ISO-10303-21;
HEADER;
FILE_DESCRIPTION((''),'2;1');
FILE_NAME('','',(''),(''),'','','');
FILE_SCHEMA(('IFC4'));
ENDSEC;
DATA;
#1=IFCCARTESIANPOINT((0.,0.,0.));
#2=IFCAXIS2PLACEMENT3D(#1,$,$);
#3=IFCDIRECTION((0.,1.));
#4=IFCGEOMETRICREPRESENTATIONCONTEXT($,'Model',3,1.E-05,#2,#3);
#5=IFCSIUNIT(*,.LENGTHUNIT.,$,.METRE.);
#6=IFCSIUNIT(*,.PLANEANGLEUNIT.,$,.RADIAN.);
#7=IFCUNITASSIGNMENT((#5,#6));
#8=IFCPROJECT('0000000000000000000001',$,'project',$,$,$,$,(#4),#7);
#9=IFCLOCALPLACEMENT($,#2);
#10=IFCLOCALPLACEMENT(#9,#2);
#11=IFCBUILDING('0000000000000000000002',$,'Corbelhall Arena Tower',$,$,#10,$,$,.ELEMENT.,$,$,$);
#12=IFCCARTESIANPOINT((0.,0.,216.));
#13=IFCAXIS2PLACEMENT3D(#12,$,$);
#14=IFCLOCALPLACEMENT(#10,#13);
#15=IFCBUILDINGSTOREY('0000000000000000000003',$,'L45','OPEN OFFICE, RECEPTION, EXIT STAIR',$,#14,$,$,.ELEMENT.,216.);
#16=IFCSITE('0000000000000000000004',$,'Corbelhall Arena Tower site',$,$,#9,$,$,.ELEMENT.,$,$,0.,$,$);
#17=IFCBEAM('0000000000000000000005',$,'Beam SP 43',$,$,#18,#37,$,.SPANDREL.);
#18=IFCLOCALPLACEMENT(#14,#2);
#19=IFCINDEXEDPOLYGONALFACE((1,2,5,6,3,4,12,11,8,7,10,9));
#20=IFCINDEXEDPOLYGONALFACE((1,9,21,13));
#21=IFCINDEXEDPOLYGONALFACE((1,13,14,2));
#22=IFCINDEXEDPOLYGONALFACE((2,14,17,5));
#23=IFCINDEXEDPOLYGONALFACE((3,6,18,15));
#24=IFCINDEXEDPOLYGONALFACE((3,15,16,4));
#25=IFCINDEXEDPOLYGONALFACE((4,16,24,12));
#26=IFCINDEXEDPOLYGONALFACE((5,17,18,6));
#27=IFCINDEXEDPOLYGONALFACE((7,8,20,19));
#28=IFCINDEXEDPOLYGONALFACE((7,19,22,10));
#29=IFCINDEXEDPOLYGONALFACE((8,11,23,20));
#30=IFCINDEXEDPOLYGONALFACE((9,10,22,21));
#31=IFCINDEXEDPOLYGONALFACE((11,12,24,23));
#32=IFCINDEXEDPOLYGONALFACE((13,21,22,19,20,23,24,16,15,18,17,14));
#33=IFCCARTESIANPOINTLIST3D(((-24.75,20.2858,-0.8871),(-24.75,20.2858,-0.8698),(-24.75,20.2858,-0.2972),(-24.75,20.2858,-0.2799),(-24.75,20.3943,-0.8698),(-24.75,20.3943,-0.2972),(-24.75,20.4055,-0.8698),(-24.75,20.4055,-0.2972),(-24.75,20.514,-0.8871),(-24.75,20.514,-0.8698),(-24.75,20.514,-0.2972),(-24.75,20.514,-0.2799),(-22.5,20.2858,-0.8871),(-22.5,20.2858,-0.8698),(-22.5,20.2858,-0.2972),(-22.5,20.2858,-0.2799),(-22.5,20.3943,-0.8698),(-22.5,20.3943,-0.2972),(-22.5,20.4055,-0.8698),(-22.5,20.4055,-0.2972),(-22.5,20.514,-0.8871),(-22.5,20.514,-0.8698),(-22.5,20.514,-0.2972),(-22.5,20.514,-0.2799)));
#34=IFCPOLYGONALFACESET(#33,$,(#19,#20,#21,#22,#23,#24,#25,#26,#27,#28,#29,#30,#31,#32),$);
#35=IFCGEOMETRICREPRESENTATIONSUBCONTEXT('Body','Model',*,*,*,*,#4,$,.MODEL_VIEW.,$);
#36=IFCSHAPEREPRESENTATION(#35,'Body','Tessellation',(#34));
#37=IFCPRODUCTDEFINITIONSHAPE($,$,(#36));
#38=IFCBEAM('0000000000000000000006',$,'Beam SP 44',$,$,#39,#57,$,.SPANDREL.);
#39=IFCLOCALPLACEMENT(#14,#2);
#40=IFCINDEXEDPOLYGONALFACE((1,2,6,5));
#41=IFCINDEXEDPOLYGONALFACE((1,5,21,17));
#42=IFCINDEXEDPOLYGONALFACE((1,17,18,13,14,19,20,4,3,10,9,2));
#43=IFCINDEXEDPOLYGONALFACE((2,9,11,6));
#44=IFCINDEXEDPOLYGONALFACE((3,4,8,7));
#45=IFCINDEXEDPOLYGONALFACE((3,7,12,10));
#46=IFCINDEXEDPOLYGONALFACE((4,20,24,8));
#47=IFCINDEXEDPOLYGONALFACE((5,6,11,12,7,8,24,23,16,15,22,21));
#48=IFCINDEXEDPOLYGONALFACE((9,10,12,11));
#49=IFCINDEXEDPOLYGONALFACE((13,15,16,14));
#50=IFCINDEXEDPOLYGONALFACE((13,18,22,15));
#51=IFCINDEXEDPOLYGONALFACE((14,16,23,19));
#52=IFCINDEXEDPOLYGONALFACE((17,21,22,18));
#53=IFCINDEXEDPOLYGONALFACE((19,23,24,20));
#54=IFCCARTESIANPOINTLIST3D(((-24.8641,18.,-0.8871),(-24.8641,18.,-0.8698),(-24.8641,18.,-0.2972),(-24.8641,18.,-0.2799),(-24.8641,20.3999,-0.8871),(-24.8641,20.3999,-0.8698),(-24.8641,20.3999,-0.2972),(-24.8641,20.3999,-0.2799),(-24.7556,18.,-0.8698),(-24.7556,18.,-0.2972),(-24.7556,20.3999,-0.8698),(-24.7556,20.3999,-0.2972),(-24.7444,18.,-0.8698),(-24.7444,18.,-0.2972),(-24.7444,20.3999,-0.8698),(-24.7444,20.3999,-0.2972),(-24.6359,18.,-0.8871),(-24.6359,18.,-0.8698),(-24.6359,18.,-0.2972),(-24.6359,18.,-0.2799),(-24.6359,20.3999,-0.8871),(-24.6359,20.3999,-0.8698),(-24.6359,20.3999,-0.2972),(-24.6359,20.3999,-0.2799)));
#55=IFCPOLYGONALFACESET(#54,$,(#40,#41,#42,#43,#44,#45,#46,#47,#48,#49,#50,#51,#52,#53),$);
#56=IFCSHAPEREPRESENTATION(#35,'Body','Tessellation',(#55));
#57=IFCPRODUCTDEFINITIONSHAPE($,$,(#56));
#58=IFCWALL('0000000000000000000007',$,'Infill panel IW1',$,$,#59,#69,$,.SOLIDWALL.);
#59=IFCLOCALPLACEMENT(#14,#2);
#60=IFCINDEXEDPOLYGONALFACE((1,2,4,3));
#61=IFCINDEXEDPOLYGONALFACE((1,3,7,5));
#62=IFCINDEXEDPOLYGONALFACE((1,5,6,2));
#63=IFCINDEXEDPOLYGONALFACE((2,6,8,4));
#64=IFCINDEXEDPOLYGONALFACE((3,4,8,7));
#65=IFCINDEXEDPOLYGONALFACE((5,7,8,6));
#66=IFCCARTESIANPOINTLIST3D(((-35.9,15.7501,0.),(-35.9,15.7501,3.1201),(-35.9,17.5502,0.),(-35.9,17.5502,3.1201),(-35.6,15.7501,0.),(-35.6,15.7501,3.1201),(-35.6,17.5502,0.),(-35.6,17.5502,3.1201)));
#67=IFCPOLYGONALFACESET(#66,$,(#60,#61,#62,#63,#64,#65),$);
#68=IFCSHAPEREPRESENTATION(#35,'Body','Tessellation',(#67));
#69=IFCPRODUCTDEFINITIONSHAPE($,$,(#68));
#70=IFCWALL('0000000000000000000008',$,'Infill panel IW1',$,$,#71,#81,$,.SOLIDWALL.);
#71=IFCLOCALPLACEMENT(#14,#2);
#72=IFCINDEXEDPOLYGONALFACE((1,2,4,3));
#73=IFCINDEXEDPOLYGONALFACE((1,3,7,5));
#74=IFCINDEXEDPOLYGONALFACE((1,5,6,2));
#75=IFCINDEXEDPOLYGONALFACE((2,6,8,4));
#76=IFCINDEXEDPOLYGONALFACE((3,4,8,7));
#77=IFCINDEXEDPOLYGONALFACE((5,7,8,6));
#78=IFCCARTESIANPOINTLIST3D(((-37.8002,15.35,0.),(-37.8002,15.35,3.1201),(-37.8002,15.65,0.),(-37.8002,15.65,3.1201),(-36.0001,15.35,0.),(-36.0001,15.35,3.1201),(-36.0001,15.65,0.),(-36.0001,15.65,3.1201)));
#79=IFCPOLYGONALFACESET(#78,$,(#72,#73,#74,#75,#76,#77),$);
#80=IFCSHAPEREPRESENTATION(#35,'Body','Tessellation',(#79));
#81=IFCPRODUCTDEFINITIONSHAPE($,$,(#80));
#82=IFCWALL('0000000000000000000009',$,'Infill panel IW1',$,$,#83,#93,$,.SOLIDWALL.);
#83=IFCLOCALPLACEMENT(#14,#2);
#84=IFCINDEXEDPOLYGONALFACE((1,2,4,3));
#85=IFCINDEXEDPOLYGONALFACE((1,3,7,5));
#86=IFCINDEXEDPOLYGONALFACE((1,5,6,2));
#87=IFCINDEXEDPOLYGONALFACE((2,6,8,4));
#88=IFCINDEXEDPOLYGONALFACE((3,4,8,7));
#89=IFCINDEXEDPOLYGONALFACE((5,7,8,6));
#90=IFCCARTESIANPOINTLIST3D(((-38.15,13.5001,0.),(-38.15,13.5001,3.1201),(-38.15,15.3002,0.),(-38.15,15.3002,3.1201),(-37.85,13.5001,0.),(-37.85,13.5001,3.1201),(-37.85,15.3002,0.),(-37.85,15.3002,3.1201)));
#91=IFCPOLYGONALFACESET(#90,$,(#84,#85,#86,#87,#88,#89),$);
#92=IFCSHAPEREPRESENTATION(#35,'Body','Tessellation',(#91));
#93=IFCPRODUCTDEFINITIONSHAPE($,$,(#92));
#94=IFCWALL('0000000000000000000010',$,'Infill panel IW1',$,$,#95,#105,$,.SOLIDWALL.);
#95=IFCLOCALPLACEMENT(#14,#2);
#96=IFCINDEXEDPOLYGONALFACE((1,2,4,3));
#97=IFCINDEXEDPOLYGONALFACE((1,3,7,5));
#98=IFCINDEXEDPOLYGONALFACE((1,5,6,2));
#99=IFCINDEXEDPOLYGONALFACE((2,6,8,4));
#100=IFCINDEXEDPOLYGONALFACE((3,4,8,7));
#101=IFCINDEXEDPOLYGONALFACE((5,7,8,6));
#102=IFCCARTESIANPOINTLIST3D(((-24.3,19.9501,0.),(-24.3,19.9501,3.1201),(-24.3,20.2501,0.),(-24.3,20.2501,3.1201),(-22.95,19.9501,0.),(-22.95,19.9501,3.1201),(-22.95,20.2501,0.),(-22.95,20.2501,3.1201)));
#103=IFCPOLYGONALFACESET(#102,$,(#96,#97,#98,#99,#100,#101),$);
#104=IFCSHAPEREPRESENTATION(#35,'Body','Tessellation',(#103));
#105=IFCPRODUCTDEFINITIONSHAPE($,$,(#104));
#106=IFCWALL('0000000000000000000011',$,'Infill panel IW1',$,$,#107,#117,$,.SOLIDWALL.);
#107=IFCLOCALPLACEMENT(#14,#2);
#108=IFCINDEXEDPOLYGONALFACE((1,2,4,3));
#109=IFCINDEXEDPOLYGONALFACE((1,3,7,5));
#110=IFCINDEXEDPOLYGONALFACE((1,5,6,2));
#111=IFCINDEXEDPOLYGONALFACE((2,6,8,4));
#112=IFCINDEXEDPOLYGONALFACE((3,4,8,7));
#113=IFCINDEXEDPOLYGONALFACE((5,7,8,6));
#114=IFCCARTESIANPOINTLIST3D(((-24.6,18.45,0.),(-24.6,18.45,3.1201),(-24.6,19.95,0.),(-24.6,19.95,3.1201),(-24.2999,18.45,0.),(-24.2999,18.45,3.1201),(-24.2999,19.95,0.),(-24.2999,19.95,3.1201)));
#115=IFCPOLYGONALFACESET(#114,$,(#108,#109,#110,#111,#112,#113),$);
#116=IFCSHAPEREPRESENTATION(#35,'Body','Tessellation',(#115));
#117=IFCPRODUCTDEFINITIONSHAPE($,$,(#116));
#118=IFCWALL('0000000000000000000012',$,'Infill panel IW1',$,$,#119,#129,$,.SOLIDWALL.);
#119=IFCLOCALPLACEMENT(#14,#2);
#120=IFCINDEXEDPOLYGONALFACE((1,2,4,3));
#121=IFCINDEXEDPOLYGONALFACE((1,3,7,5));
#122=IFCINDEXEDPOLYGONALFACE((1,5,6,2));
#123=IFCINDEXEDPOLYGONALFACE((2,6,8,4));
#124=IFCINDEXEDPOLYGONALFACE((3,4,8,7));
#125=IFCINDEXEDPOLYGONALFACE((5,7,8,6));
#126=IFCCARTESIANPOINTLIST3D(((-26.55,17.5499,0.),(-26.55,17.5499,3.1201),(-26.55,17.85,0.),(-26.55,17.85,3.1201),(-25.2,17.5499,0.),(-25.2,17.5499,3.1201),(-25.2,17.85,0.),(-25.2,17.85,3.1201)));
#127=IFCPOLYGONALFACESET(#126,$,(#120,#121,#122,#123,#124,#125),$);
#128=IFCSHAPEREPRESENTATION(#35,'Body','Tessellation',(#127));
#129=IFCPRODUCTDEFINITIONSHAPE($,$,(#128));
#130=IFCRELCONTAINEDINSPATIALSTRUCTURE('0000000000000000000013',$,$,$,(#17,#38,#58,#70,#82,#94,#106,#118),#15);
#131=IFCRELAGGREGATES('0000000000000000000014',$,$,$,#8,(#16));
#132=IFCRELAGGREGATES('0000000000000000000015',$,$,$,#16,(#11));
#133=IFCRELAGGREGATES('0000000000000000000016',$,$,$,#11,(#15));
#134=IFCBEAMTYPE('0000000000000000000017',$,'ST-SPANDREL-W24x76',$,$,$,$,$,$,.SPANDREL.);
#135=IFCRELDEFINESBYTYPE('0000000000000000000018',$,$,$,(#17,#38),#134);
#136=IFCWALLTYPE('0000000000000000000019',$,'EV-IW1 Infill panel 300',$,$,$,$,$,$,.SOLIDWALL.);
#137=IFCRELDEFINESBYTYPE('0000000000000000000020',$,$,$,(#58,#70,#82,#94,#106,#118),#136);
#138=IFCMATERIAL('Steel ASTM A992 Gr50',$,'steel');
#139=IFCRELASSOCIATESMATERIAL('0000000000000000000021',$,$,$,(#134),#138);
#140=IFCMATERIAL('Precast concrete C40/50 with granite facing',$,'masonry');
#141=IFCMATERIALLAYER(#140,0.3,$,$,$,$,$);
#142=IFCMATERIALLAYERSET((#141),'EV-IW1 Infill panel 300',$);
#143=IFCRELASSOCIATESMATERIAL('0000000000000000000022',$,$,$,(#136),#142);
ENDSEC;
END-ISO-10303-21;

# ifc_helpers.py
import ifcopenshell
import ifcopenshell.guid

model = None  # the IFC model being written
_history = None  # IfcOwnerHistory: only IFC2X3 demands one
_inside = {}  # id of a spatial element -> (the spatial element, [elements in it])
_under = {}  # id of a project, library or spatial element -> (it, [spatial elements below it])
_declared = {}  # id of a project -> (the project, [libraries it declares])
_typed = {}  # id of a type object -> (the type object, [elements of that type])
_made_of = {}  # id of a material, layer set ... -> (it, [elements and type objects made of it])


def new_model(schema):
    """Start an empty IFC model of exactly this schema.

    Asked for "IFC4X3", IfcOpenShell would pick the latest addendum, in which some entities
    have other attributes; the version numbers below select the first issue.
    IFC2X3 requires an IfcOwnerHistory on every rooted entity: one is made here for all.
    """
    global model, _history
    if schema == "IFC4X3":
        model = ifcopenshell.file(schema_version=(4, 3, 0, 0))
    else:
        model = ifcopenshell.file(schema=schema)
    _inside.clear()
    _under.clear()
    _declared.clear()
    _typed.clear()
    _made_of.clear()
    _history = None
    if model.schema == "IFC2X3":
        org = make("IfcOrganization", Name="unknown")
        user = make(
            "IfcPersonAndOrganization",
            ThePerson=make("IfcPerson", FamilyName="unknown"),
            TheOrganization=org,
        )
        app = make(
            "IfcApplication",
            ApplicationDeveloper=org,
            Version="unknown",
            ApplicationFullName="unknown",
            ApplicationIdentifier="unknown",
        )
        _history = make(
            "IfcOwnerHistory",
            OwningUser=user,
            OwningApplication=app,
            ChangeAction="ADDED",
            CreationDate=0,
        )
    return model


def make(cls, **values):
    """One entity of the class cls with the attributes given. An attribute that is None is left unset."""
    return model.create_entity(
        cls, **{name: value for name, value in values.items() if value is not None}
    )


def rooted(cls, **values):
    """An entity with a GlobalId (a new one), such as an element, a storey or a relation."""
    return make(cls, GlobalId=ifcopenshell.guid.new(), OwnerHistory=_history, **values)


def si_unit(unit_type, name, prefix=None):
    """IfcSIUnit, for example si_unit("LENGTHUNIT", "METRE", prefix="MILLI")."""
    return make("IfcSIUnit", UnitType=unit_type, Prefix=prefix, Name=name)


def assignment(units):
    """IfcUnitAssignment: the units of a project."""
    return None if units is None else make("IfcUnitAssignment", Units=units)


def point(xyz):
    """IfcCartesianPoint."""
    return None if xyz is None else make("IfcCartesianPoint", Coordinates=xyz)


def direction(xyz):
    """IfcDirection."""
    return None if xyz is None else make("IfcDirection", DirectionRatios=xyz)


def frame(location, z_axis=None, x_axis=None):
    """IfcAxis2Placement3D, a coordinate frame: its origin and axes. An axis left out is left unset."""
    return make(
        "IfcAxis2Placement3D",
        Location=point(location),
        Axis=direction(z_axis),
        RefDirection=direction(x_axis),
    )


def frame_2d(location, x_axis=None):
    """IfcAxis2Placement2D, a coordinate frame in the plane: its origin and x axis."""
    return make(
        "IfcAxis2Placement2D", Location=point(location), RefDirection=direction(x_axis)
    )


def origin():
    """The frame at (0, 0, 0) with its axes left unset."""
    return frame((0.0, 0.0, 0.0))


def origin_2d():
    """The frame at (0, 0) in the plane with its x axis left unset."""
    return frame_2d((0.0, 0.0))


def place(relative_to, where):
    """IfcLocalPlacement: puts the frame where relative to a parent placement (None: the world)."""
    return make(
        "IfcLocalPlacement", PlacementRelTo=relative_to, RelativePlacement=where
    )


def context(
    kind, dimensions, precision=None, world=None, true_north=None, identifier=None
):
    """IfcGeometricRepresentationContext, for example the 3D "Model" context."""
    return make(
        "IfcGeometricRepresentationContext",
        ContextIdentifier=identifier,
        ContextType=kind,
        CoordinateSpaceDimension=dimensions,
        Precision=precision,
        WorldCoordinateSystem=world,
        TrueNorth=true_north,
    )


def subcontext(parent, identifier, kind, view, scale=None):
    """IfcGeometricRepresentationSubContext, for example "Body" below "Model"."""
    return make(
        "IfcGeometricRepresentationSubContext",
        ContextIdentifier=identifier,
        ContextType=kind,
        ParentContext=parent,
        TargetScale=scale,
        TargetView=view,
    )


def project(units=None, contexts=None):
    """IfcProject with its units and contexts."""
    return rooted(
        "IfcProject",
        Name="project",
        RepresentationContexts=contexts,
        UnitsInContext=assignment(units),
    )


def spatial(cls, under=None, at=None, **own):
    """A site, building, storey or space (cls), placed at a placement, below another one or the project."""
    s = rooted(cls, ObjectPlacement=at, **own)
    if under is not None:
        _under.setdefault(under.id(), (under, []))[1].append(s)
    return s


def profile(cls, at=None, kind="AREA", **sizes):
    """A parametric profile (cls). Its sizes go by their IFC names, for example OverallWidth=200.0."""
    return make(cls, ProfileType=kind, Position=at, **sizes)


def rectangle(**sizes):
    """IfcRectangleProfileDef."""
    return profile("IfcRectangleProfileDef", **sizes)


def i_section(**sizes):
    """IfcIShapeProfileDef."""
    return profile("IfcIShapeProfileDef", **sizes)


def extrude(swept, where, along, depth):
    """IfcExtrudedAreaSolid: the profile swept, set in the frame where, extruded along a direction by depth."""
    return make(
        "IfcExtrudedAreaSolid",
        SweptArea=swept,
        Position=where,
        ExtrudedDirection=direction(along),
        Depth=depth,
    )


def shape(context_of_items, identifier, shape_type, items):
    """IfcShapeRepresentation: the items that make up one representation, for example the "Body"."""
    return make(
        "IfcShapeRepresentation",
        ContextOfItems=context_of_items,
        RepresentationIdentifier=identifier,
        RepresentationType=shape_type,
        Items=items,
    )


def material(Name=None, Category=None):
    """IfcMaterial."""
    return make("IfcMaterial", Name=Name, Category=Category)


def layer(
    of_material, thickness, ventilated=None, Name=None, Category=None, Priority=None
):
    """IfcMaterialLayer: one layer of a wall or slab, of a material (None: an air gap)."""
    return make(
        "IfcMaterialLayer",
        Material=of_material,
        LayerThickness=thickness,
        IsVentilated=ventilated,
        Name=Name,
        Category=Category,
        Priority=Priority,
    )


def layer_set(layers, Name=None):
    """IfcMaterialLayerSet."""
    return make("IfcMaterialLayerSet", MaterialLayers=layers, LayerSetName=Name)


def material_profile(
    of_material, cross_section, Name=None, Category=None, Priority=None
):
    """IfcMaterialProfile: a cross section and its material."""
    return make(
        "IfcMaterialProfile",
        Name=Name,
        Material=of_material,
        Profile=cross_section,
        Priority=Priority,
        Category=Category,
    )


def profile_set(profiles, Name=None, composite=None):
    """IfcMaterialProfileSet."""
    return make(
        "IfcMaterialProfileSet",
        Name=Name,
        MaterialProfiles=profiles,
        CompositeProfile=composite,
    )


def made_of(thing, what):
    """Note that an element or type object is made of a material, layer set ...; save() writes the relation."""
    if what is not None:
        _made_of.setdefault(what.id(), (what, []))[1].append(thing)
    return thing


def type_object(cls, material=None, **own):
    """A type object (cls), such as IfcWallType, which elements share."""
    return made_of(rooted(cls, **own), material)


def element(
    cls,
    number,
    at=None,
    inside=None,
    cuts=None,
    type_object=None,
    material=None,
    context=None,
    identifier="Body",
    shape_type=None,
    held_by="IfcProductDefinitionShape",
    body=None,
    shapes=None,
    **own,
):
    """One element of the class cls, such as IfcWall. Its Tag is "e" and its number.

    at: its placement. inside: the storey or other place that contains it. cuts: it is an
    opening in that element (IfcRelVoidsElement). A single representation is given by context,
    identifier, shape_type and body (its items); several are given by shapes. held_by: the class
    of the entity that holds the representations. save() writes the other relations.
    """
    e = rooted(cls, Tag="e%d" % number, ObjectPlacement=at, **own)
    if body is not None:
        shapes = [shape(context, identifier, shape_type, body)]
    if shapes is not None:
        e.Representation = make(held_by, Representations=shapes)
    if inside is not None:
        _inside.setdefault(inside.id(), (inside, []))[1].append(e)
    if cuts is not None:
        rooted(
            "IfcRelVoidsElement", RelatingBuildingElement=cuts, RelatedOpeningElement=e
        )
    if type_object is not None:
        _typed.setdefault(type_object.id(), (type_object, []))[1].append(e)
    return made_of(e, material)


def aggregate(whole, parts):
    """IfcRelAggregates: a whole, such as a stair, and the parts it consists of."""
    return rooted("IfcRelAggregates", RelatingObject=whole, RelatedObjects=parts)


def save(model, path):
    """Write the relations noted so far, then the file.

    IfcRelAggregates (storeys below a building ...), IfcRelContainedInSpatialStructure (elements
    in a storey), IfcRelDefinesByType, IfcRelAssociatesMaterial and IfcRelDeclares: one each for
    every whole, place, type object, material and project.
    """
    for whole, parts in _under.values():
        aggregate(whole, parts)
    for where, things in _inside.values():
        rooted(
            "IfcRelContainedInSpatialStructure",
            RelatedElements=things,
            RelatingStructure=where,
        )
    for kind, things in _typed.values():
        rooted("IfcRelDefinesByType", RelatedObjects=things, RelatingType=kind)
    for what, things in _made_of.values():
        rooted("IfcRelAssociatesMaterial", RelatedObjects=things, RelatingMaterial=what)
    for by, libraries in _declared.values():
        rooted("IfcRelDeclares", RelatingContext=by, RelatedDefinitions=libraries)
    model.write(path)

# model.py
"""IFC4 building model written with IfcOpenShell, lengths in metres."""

from ifc_helpers import new_model, si_unit, direction, frame, frame_2d, origin, origin_2d, place, context, subcontext, project, spatial, rectangle, i_section, extrude, material, layer, layer_set, material_profile, profile_set, type_object, element, save


model = new_model("IFC4")

# Units and contexts
model_context = context("Model", 3, precision=1e-05, world=origin(), true_north=direction((0.0, 1.0)))
body_context = subcontext(model_context, "Body", "Model", "MODEL_VIEW")
ifc_project = project(units=[si_unit("LENGTHUNIT", "METRE"), si_unit("PLANEANGLEUNIT", "RADIAN")], contexts=[model_context])

# Site, building, storey
site_placement = place(None, origin())
site = spatial("IfcSite", under=ifc_project, at=site_placement, Name="Corbelhall Arena Tower site", CompositionType="ELEMENT", RefElevation=0.0)
building_placement = place(site_placement, origin())
building = spatial("IfcBuilding", under=site, at=building_placement, Name="Corbelhall Arena Tower", CompositionType="ELEMENT")
storey_placement = place(building_placement, frame((0.0, 0.0, 216.0)))
storey = spatial("IfcBuildingStorey", under=building, at=storey_placement, Name="L45", Description="OPEN OFFICE, RECEPTION, EXIT STAIR", CompositionType="ELEMENT", Elevation=216.0)

# Beams
ifc_material_1 = material(Name="Steel ASTM A992 Gr50", Category="steel")
ifc_material_profile_1 = material_profile(ifc_material_1, i_section(OverallWidth=0.2283, OverallDepth=0.6072, WebThickness=0.0112, FlangeThickness=0.0173, at=origin_2d()))
ifc_profile_set_1 = profile_set([ifc_material_profile_1], Name="Steel ASTM A992 Gr50")
beam_type = type_object("IfcBeamType", Name="ST-SPANDREL-W24x76", PredefinedType="SPANDREL", material=ifc_profile_set_1)
beam_1_placement = place(storey_placement, frame((-24.75, 20.3999, -0.5835), z_axis=(1.0, 0.0, 0.0), x_axis=(0.0, 1.0, 0.0)))
element("IfcBeam", 1, at=beam_1_placement, inside=storey, type_object=beam_type, Name="Beam SP 43", PredefinedType="SPANDREL", context=body_context, shape_type="SweptSolid", body=[
    extrude(i_section(OverallWidth=0.2283, OverallDepth=0.6072, WebThickness=0.0112, FlangeThickness=0.0173, at=origin_2d()), origin(), (0.0, 0.0, 1.0), 2.25),
])
beam_2_placement = place(storey_placement, frame((-24.75, 18.0, -0.5835), z_axis=(0.0, 1.0, 0.0), x_axis=(-1.0, 0.0, 0.0)))
element("IfcBeam", 2, at=beam_2_placement, inside=storey, type_object=beam_type, Name="Beam SP 44", PredefinedType="SPANDREL", context=body_context, shape_type="SweptSolid", body=[
    extrude(i_section(OverallWidth=0.2283, OverallDepth=0.6072, WebThickness=0.0112, FlangeThickness=0.0173, at=origin_2d()), origin(), (0.0, 0.0, 1.0), 2.3999),
])

# Walls
ifc_material_2 = material(Name="Precast concrete C40/50 with granite facing", Category="masonry")
ifc_layer = layer(ifc_material_2, 0.3)
ifc_layer_set = layer_set([ifc_layer], Name="EV-IW1 Infill panel 300")
wall_type = type_object("IfcWallType", Name="EV-IW1 Infill panel 300", PredefinedType="SOLIDWALL", material=ifc_layer_set)
for number, where, z_axis, x_axis, name in (
    (3, (-35.75, 17.55, 0.0), (0.0, 0.0, 1.0), (0.0, -1.0, 0.0), "Infill panel IW1"),
    (4, (-37.8, 15.5, 0.0), (0.0, 0.0, 1.0), (1.0, 0.0, 0.0), "Infill panel IW1"),
    (5, (-38.0, 15.3, 0.0), (0.0, 0.0, 1.0), (0.0, -1.0, 0.0), "Infill panel IW1"),
):
    element("IfcWall", number, at=place(storey_placement, frame(where, z_axis=z_axis, x_axis=x_axis)), inside=storey, type_object=wall_type, Name=name, PredefinedType="SOLIDWALL", context=body_context, shape_type="SweptSolid", body=[
        extrude(rectangle(XDim=1.8, YDim=0.3, at=frame_2d((0.8999, 0.0))), origin(), (0.0, 0.0, 1.0), 3.1201),
    ])
wall_1_placement = place(storey_placement, frame((-22.95, 20.1001, 0.0), z_axis=(0.0, 0.0, 1.0), x_axis=(-1.0, 0.0, 0.0)))
element("IfcWall", 6, at=wall_1_placement, inside=storey, type_object=wall_type, Name="Infill panel IW1", PredefinedType="SOLIDWALL", context=body_context, shape_type="SweptSolid", body=[
    extrude(rectangle(XDim=1.3501, YDim=0.3, at=frame_2d((0.675, 0.0))), origin(), (0.0, 0.0, 1.0), 3.1201),
])
wall_2_placement = place(storey_placement, frame((-24.45, 19.95, 0.0), z_axis=(0.0, 0.0, 1.0), x_axis=(0.0, -1.0, 0.0)))
element("IfcWall", 7, at=wall_2_placement, inside=storey, type_object=wall_type, Name="Infill panel IW1", PredefinedType="SOLIDWALL", context=body_context, shape_type="SweptSolid", body=[
    extrude(rectangle(XDim=1.5, YDim=0.3, at=frame_2d((0.75, 0.0))), origin(), (0.0, 0.0, 1.0), 3.1201),
])
wall_3_placement = place(storey_placement, frame((-25.2, 17.7, 0.0), z_axis=(0.0, 0.0, 1.0), x_axis=(-1.0, 0.0, 0.0)))
element("IfcWall", 8, at=wall_3_placement, inside=storey, type_object=wall_type, Name="Infill panel IW1", PredefinedType="SOLIDWALL", context=body_context, shape_type="SweptSolid", body=[
    extrude(rectangle(XDim=1.3501, YDim=0.3, at=frame_2d((0.675, 0.0))), origin(), (0.0, 0.0, 1.0), 3.1201),
])

save(model, "model.ifc")
